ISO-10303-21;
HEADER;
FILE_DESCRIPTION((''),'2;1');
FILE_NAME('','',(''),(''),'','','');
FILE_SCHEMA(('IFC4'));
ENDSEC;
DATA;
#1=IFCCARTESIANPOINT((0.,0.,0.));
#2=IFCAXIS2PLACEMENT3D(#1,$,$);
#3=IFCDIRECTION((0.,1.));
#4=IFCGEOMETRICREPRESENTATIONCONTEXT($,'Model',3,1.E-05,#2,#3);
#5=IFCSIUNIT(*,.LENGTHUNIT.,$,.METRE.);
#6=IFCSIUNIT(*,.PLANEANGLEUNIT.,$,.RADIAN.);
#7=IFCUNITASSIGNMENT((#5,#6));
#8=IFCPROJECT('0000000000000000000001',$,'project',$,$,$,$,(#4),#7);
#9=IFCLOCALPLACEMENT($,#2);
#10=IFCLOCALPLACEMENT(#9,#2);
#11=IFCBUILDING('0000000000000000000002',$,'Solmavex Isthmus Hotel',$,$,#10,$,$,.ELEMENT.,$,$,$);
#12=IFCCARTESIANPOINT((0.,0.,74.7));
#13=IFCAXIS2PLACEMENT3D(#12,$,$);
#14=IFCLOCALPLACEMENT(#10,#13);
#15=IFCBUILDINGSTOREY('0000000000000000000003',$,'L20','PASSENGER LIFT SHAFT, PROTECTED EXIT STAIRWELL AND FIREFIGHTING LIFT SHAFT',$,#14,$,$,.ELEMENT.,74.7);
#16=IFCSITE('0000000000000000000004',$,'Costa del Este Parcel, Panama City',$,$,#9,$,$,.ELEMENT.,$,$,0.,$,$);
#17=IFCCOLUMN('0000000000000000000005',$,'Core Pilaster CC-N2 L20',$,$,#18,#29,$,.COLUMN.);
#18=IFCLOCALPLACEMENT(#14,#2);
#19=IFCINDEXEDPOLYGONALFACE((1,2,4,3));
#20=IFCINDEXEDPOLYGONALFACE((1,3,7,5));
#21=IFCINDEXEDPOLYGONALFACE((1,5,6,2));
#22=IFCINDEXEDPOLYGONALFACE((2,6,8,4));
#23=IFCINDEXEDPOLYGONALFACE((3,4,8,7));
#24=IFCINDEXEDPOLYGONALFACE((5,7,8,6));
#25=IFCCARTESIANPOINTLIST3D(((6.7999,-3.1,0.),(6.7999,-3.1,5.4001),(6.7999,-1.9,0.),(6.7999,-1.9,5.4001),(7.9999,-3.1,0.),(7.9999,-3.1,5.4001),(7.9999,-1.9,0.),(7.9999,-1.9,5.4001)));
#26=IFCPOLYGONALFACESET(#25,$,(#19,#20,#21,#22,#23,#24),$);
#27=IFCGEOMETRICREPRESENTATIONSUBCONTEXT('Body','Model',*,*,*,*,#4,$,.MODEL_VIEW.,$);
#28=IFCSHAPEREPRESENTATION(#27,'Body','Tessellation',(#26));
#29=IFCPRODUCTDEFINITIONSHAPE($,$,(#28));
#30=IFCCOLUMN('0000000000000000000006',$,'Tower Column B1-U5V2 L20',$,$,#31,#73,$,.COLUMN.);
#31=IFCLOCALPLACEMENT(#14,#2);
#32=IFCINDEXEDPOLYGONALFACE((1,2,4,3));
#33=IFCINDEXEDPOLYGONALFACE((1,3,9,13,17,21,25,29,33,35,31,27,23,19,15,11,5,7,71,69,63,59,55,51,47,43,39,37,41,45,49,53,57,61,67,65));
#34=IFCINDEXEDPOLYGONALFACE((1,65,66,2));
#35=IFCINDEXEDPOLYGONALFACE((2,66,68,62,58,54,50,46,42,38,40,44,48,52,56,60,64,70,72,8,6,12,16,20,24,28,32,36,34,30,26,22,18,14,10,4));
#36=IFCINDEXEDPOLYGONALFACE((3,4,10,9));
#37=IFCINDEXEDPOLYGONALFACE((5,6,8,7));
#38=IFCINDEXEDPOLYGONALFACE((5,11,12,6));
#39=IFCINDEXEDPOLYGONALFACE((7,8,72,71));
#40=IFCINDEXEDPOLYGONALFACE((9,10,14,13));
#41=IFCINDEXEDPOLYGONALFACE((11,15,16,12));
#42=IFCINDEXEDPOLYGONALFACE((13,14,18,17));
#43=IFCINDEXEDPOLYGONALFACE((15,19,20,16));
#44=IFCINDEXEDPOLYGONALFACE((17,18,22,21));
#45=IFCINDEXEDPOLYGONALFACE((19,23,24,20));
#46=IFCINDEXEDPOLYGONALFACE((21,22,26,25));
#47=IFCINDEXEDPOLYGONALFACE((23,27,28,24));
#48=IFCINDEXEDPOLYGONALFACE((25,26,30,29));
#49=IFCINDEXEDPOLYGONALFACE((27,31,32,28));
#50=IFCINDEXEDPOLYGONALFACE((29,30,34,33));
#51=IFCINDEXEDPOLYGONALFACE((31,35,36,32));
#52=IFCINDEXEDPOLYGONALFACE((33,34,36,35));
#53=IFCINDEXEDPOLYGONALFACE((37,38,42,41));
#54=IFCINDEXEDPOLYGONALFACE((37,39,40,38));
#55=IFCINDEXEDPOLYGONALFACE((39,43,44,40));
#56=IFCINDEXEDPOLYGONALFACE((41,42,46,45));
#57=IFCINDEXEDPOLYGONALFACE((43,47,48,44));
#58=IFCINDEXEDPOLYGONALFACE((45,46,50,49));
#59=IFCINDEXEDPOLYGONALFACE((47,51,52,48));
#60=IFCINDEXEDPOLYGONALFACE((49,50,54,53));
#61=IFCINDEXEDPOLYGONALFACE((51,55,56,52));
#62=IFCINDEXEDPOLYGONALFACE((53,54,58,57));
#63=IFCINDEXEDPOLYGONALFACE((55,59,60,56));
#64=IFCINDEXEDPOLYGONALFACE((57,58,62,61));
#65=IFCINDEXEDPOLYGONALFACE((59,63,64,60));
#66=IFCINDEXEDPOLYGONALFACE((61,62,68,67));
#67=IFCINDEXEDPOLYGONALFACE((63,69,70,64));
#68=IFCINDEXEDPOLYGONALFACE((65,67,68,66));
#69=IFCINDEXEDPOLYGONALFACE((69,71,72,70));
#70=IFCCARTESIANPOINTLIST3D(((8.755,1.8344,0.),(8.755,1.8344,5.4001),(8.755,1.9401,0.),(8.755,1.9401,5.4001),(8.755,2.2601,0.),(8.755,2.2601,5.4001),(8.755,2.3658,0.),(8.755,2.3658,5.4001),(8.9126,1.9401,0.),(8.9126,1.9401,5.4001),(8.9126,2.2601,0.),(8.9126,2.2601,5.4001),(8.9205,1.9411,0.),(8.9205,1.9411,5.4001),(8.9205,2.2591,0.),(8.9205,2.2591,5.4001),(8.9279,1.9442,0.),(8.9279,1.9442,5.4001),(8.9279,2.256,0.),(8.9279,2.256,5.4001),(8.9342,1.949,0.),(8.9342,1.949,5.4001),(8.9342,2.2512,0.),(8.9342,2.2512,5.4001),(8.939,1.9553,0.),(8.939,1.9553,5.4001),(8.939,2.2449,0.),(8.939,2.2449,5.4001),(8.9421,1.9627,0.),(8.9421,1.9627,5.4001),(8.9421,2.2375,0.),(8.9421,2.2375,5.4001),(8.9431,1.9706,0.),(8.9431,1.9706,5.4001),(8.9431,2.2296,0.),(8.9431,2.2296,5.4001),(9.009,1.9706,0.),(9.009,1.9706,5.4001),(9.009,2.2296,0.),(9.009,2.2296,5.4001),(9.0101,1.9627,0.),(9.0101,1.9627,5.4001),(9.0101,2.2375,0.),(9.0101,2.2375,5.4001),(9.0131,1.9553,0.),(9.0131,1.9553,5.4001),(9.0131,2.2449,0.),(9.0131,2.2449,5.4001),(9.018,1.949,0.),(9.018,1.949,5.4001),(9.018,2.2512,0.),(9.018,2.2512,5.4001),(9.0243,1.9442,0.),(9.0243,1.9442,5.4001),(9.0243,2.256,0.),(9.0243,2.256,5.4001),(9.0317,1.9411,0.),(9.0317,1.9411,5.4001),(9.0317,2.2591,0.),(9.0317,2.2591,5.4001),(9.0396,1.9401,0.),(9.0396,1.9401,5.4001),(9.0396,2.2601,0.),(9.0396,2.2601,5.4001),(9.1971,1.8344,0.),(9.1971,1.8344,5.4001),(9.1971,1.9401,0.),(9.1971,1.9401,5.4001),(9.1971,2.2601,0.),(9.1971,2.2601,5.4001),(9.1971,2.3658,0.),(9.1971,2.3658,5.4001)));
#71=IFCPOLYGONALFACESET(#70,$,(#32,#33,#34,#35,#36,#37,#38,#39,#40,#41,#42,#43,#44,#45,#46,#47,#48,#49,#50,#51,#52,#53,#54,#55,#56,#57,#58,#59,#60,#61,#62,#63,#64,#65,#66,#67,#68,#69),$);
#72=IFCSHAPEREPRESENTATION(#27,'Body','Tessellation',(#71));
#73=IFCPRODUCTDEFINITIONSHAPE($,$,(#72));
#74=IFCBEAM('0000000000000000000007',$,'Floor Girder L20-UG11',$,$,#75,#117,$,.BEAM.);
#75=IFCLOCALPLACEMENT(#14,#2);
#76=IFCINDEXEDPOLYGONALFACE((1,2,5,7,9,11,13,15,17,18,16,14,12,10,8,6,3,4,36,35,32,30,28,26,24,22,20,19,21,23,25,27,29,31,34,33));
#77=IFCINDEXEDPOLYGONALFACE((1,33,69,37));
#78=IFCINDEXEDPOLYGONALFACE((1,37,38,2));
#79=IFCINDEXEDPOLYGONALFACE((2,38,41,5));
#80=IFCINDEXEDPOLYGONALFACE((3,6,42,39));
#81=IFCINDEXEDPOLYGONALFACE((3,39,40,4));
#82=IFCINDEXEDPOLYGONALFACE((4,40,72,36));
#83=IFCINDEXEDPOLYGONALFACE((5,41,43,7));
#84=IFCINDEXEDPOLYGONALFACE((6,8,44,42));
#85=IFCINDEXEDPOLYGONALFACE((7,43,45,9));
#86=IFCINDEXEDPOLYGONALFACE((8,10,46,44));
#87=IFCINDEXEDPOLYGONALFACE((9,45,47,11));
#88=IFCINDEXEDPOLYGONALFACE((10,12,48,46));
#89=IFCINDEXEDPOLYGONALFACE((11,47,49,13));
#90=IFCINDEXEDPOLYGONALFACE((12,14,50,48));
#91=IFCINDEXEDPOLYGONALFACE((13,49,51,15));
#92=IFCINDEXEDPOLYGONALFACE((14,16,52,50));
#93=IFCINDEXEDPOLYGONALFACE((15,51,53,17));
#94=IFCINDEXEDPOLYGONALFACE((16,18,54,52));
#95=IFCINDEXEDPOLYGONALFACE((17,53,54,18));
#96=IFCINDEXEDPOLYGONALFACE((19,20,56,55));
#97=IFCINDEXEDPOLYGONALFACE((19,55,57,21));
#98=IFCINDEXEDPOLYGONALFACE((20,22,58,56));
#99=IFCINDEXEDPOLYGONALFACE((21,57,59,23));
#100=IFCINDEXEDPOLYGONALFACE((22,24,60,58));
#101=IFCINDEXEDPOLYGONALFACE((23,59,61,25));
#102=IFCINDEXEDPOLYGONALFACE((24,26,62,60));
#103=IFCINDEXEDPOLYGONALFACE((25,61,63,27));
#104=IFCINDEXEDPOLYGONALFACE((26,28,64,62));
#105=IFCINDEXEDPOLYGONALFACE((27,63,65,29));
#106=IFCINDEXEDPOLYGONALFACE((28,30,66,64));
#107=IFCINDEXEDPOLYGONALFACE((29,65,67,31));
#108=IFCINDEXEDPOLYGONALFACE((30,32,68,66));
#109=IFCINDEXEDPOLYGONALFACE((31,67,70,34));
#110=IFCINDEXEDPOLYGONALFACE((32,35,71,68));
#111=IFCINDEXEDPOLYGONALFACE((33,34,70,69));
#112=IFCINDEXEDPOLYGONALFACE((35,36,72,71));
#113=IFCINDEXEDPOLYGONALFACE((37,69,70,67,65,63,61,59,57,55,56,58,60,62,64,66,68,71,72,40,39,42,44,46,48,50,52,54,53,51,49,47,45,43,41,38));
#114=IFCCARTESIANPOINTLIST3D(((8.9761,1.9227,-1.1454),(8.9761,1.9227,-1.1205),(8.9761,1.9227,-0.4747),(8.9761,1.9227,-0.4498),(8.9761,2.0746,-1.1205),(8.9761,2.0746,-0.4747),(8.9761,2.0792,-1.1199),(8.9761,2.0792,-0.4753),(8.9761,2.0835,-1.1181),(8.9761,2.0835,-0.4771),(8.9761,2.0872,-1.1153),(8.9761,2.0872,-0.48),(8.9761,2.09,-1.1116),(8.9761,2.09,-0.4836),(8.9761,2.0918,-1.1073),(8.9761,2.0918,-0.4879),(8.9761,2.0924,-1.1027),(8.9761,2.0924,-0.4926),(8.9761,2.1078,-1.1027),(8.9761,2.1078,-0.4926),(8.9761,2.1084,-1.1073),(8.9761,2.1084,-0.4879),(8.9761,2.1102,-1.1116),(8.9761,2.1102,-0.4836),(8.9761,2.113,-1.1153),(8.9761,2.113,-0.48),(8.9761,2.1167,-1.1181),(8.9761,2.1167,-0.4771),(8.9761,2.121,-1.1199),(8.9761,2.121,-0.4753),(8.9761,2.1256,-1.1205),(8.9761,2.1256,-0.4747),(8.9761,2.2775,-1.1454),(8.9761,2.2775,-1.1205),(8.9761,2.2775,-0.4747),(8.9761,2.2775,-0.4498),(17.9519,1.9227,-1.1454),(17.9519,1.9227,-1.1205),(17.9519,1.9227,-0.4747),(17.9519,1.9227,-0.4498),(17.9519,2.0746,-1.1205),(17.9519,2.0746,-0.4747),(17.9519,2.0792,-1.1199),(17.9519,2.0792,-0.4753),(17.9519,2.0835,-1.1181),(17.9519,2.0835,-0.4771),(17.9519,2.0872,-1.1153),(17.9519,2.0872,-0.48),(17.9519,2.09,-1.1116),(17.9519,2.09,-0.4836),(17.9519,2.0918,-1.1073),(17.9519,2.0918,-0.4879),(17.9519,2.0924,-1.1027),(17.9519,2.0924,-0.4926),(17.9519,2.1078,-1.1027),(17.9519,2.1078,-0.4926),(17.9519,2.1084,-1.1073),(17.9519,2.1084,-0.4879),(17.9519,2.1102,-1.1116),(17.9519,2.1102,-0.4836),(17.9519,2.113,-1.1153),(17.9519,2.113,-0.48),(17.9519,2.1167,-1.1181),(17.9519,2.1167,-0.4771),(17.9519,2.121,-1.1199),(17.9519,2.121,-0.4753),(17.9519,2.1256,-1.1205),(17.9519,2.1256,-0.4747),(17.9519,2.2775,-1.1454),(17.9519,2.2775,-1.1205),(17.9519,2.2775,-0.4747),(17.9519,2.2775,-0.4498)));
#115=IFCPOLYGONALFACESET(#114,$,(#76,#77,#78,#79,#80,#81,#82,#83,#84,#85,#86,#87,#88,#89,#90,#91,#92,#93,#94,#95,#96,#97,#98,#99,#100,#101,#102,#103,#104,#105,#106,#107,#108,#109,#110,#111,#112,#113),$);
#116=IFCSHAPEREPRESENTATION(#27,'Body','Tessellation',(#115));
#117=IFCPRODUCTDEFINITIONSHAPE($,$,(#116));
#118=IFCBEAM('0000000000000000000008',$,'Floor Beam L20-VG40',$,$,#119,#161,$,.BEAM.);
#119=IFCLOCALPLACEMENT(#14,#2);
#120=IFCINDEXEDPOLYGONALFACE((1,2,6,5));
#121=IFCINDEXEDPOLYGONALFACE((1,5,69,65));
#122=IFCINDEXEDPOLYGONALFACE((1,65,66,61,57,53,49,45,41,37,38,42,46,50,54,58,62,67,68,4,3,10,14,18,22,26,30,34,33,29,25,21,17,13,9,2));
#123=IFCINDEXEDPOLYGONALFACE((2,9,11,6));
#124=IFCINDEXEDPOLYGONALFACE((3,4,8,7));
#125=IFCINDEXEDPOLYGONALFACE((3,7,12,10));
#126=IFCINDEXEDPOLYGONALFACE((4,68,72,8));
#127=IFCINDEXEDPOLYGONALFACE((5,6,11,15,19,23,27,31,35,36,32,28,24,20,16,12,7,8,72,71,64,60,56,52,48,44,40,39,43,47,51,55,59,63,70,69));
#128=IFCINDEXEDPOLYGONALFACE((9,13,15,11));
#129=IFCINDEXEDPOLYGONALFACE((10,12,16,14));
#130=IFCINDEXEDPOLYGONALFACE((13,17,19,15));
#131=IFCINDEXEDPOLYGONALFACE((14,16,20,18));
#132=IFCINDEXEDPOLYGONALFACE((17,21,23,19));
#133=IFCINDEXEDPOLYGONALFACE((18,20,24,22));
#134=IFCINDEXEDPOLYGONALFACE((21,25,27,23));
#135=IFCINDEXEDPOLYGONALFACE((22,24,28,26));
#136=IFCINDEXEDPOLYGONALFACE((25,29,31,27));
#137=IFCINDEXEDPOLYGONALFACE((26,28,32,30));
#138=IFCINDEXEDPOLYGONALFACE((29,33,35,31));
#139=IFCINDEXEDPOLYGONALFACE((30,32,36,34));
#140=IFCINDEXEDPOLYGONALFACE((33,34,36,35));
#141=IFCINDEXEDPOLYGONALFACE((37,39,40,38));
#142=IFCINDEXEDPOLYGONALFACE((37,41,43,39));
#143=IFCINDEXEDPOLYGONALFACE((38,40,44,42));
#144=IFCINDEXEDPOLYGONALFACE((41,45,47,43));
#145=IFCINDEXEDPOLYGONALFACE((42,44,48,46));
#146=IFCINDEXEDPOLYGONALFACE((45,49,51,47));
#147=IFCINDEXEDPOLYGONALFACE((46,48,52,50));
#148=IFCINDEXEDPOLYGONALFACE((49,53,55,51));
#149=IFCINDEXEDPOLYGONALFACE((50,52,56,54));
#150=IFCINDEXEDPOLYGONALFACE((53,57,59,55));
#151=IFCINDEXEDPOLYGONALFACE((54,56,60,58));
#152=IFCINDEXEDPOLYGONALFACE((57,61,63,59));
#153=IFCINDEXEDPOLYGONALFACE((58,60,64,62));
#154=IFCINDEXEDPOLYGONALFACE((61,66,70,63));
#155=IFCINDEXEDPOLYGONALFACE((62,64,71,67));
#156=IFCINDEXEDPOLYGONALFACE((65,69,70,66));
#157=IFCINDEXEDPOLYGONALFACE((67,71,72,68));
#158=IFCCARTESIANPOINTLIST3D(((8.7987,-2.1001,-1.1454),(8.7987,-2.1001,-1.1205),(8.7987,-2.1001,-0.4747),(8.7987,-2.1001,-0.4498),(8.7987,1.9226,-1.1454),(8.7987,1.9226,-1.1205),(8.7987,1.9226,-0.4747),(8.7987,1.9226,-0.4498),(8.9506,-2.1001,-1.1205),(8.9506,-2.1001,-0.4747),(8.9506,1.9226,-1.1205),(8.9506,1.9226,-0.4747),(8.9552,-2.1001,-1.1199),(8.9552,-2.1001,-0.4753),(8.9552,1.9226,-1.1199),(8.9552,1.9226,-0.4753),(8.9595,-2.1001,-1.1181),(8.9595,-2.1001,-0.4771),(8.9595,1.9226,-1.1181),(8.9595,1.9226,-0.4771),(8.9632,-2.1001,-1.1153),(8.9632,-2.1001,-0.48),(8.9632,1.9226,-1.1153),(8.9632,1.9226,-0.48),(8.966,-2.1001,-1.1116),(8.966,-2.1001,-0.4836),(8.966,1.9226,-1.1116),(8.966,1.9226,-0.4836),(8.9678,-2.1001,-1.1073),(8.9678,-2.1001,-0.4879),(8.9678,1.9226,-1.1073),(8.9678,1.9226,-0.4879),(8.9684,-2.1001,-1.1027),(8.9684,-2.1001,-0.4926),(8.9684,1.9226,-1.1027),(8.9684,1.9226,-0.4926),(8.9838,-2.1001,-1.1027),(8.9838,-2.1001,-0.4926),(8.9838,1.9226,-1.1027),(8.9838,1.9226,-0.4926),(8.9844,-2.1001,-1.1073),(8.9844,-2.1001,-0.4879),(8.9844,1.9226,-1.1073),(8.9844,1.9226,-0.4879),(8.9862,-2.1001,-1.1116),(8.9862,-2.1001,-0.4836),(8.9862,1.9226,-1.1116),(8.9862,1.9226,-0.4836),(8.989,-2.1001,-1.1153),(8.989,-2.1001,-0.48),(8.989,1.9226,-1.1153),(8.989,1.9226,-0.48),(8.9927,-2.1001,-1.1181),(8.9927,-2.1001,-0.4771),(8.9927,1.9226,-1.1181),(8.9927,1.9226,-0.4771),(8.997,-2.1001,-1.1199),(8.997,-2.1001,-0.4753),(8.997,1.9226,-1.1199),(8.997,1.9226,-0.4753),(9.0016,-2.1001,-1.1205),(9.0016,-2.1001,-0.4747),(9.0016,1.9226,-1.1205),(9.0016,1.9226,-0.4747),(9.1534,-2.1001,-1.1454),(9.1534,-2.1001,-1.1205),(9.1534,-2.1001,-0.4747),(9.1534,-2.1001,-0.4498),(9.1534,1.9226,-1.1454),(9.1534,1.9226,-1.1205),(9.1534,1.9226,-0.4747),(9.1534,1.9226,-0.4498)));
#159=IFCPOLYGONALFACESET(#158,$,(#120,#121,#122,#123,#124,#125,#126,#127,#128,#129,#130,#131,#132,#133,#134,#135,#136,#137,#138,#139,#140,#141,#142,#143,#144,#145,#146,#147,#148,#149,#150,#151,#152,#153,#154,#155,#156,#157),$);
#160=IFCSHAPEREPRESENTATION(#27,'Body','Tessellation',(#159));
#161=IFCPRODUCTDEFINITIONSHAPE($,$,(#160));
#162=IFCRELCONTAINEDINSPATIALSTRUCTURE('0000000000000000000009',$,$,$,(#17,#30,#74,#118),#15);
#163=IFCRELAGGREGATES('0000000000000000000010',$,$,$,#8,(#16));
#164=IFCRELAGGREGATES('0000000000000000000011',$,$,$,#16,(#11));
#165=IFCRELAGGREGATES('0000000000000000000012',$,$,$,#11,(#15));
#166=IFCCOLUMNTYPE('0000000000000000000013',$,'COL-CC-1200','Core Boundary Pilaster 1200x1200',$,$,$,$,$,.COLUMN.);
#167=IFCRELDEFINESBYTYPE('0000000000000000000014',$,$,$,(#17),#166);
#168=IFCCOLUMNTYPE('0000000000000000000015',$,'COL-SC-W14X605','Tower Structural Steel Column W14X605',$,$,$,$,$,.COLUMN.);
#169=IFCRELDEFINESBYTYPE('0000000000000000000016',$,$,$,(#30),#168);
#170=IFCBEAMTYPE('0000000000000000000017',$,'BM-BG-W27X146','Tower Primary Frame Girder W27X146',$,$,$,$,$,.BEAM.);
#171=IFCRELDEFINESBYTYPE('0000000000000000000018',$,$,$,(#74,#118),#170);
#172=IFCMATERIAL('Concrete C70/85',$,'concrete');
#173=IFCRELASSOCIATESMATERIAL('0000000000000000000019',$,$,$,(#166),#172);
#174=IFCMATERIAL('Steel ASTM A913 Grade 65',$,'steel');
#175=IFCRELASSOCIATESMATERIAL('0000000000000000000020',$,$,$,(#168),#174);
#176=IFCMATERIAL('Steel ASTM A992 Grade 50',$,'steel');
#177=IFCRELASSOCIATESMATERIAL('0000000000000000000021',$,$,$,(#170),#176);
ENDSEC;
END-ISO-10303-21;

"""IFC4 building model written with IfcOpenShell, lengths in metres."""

from ifc_helpers import new_model, si_unit, direction, frame, origin, origin_2d, place, context, subcontext, project, spatial, rectangle, i_section, extrude, material, material_profile, profile_set, type_object, element, save


model = new_model("IFC4")

# Units and contexts
model_context = context("Model", 3, precision=1e-05, world=origin(), true_north=direction((0.0, 1.0)))
body_context = subcontext(model_context, "Body", "Model", "MODEL_VIEW")
ifc_project = project(units=[si_unit("LENGTHUNIT", "METRE"), si_unit("PLANEANGLEUNIT", "RADIAN")], contexts=[model_context])

# Site, building, storey
site_placement = place(None, origin())
site = spatial("IfcSite", under=ifc_project, at=site_placement, Name="Costa del Este Parcel, Panama City", CompositionType="ELEMENT", RefElevation=0.0)
building_placement = place(site_placement, origin())
building = spatial("IfcBuilding", under=site, at=building_placement, Name="Solmavex Isthmus Hotel", CompositionType="ELEMENT")
storey_placement = place(building_placement, frame((0.0, 0.0, 74.7)))
storey = spatial("IfcBuildingStorey", under=building, at=storey_placement, Name="L20", Description="PASSENGER LIFT SHAFT, PROTECTED EXIT STAIRWELL AND FIREFIGHTING LIFT SHAFT", CompositionType="ELEMENT", Elevation=74.7)

# Columns
ifc_material_1 = material(Name="Concrete C70/85", Category="concrete")
ifc_material_profile_1 = material_profile(ifc_material_1, rectangle(XDim=1.2, YDim=1.2, at=origin_2d()), Name="RC1200X1200")
ifc_profile_set_1 = profile_set([ifc_material_profile_1], Name="Concrete C70/85")
column_type_1 = type_object("IfcColumnType", Name="COL-CC-1200", Description="Core Boundary Pilaster 1200x1200", PredefinedType="COLUMN", material=ifc_profile_set_1)
column_1_placement = place(storey_placement, frame((7.3999, -2.5, 0.0), z_axis=(0.0, 0.0, 1.0), x_axis=(1.0, 0.0, 0.0)))
element("IfcColumn", 1, at=column_1_placement, inside=storey, type_object=column_type_1, Name="Core Pilaster CC-N2 L20", PredefinedType="COLUMN", context=body_context, shape_type="SweptSolid", body=[
    extrude(rectangle(XDim=1.2, YDim=1.2, at=origin_2d()), origin(), (0.0, 0.0, 1.0), 5.4001),
])
ifc_material_2 = material(Name="Steel ASTM A913 Grade 65", Category="steel")
ifc_material_profile_2 = material_profile(ifc_material_2, i_section(OverallWidth=0.4421, OverallDepth=0.5315, WebThickness=0.0659, FlangeThickness=0.1057, FilletRadius=0.0305, at=origin_2d()), Name="W14X605")
ifc_profile_set_2 = profile_set([ifc_material_profile_2], Name="Steel ASTM A913 Grade 65")
column_type_2 = type_object("IfcColumnType", Name="COL-SC-W14X605", Description="Tower Structural Steel Column W14X605", PredefinedType="COLUMN", material=ifc_profile_set_2)
column_2_placement = place(storey_placement, frame((8.9761, 2.1001, 0.0), z_axis=(0.0, 0.0, 1.0), x_axis=(1.0, 0.0, 0.0)))
element("IfcColumn", 2, at=column_2_placement, inside=storey, type_object=column_type_2, Name="Tower Column B1-U5V2 L20", PredefinedType="COLUMN", context=body_context, shape_type="SweptSolid", body=[
    extrude(i_section(OverallWidth=0.4421, OverallDepth=0.5315, WebThickness=0.0659, FlangeThickness=0.1057, FilletRadius=0.0305, at=origin_2d()), origin(), (0.0, 0.0, 1.0), 5.4001),
])

# Beams
ifc_material_3 = material(Name="Steel ASTM A992 Grade 50", Category="steel")
ifc_material_profile_3 = material_profile(ifc_material_3, i_section(OverallWidth=0.3547, OverallDepth=0.6956, WebThickness=0.0154, FlangeThickness=0.0249, FilletRadius=0.0178, at=origin_2d()), Name="W27X146")
ifc_profile_set_3 = profile_set([ifc_material_profile_3], Name="Steel ASTM A992 Grade 50")
beam_type_1 = type_object("IfcBeamType", Name="BM-BG-W27X146", Description="Tower Primary Frame Girder W27X146", PredefinedType="BEAM", material=ifc_profile_set_3)
beam_1_placement = place(storey_placement, frame((8.9761, 2.1001, -0.7976), z_axis=(1.0, 0.0, 0.0), x_axis=(0.0, 1.0, 0.0)))
element("IfcBeam", 3, at=beam_1_placement, inside=storey, type_object=beam_type_1, Name="Floor Girder L20-UG11", PredefinedType="BEAM", context=body_context, shape_type="SweptSolid", body=[
    extrude(i_section(OverallWidth=0.3547, OverallDepth=0.6956, WebThickness=0.0154, FlangeThickness=0.0249, FilletRadius=0.0178, at=origin_2d()), origin(), (0.0, 0.0, 1.0), 8.9758),
])
beam_2_placement = place(storey_placement, frame((8.9761, -2.1001, -0.7976), z_axis=(0.0, 1.0, 0.0), x_axis=(-1.0, 0.0, 0.0)))
element("IfcBeam", 4, at=beam_2_placement, inside=storey, type_object=beam_type_1, Name="Floor Beam L20-VG40", PredefinedType="BEAM", context=body_context, shape_type="SweptSolid", body=[
    extrude(i_section(OverallWidth=0.3547, OverallDepth=0.6956, WebThickness=0.0154, FlangeThickness=0.0249, FilletRadius=0.0178, at=origin_2d()), origin(), (0.0, 0.0, 1.0), 4.0227),
])

save(model, "model.ifc")
